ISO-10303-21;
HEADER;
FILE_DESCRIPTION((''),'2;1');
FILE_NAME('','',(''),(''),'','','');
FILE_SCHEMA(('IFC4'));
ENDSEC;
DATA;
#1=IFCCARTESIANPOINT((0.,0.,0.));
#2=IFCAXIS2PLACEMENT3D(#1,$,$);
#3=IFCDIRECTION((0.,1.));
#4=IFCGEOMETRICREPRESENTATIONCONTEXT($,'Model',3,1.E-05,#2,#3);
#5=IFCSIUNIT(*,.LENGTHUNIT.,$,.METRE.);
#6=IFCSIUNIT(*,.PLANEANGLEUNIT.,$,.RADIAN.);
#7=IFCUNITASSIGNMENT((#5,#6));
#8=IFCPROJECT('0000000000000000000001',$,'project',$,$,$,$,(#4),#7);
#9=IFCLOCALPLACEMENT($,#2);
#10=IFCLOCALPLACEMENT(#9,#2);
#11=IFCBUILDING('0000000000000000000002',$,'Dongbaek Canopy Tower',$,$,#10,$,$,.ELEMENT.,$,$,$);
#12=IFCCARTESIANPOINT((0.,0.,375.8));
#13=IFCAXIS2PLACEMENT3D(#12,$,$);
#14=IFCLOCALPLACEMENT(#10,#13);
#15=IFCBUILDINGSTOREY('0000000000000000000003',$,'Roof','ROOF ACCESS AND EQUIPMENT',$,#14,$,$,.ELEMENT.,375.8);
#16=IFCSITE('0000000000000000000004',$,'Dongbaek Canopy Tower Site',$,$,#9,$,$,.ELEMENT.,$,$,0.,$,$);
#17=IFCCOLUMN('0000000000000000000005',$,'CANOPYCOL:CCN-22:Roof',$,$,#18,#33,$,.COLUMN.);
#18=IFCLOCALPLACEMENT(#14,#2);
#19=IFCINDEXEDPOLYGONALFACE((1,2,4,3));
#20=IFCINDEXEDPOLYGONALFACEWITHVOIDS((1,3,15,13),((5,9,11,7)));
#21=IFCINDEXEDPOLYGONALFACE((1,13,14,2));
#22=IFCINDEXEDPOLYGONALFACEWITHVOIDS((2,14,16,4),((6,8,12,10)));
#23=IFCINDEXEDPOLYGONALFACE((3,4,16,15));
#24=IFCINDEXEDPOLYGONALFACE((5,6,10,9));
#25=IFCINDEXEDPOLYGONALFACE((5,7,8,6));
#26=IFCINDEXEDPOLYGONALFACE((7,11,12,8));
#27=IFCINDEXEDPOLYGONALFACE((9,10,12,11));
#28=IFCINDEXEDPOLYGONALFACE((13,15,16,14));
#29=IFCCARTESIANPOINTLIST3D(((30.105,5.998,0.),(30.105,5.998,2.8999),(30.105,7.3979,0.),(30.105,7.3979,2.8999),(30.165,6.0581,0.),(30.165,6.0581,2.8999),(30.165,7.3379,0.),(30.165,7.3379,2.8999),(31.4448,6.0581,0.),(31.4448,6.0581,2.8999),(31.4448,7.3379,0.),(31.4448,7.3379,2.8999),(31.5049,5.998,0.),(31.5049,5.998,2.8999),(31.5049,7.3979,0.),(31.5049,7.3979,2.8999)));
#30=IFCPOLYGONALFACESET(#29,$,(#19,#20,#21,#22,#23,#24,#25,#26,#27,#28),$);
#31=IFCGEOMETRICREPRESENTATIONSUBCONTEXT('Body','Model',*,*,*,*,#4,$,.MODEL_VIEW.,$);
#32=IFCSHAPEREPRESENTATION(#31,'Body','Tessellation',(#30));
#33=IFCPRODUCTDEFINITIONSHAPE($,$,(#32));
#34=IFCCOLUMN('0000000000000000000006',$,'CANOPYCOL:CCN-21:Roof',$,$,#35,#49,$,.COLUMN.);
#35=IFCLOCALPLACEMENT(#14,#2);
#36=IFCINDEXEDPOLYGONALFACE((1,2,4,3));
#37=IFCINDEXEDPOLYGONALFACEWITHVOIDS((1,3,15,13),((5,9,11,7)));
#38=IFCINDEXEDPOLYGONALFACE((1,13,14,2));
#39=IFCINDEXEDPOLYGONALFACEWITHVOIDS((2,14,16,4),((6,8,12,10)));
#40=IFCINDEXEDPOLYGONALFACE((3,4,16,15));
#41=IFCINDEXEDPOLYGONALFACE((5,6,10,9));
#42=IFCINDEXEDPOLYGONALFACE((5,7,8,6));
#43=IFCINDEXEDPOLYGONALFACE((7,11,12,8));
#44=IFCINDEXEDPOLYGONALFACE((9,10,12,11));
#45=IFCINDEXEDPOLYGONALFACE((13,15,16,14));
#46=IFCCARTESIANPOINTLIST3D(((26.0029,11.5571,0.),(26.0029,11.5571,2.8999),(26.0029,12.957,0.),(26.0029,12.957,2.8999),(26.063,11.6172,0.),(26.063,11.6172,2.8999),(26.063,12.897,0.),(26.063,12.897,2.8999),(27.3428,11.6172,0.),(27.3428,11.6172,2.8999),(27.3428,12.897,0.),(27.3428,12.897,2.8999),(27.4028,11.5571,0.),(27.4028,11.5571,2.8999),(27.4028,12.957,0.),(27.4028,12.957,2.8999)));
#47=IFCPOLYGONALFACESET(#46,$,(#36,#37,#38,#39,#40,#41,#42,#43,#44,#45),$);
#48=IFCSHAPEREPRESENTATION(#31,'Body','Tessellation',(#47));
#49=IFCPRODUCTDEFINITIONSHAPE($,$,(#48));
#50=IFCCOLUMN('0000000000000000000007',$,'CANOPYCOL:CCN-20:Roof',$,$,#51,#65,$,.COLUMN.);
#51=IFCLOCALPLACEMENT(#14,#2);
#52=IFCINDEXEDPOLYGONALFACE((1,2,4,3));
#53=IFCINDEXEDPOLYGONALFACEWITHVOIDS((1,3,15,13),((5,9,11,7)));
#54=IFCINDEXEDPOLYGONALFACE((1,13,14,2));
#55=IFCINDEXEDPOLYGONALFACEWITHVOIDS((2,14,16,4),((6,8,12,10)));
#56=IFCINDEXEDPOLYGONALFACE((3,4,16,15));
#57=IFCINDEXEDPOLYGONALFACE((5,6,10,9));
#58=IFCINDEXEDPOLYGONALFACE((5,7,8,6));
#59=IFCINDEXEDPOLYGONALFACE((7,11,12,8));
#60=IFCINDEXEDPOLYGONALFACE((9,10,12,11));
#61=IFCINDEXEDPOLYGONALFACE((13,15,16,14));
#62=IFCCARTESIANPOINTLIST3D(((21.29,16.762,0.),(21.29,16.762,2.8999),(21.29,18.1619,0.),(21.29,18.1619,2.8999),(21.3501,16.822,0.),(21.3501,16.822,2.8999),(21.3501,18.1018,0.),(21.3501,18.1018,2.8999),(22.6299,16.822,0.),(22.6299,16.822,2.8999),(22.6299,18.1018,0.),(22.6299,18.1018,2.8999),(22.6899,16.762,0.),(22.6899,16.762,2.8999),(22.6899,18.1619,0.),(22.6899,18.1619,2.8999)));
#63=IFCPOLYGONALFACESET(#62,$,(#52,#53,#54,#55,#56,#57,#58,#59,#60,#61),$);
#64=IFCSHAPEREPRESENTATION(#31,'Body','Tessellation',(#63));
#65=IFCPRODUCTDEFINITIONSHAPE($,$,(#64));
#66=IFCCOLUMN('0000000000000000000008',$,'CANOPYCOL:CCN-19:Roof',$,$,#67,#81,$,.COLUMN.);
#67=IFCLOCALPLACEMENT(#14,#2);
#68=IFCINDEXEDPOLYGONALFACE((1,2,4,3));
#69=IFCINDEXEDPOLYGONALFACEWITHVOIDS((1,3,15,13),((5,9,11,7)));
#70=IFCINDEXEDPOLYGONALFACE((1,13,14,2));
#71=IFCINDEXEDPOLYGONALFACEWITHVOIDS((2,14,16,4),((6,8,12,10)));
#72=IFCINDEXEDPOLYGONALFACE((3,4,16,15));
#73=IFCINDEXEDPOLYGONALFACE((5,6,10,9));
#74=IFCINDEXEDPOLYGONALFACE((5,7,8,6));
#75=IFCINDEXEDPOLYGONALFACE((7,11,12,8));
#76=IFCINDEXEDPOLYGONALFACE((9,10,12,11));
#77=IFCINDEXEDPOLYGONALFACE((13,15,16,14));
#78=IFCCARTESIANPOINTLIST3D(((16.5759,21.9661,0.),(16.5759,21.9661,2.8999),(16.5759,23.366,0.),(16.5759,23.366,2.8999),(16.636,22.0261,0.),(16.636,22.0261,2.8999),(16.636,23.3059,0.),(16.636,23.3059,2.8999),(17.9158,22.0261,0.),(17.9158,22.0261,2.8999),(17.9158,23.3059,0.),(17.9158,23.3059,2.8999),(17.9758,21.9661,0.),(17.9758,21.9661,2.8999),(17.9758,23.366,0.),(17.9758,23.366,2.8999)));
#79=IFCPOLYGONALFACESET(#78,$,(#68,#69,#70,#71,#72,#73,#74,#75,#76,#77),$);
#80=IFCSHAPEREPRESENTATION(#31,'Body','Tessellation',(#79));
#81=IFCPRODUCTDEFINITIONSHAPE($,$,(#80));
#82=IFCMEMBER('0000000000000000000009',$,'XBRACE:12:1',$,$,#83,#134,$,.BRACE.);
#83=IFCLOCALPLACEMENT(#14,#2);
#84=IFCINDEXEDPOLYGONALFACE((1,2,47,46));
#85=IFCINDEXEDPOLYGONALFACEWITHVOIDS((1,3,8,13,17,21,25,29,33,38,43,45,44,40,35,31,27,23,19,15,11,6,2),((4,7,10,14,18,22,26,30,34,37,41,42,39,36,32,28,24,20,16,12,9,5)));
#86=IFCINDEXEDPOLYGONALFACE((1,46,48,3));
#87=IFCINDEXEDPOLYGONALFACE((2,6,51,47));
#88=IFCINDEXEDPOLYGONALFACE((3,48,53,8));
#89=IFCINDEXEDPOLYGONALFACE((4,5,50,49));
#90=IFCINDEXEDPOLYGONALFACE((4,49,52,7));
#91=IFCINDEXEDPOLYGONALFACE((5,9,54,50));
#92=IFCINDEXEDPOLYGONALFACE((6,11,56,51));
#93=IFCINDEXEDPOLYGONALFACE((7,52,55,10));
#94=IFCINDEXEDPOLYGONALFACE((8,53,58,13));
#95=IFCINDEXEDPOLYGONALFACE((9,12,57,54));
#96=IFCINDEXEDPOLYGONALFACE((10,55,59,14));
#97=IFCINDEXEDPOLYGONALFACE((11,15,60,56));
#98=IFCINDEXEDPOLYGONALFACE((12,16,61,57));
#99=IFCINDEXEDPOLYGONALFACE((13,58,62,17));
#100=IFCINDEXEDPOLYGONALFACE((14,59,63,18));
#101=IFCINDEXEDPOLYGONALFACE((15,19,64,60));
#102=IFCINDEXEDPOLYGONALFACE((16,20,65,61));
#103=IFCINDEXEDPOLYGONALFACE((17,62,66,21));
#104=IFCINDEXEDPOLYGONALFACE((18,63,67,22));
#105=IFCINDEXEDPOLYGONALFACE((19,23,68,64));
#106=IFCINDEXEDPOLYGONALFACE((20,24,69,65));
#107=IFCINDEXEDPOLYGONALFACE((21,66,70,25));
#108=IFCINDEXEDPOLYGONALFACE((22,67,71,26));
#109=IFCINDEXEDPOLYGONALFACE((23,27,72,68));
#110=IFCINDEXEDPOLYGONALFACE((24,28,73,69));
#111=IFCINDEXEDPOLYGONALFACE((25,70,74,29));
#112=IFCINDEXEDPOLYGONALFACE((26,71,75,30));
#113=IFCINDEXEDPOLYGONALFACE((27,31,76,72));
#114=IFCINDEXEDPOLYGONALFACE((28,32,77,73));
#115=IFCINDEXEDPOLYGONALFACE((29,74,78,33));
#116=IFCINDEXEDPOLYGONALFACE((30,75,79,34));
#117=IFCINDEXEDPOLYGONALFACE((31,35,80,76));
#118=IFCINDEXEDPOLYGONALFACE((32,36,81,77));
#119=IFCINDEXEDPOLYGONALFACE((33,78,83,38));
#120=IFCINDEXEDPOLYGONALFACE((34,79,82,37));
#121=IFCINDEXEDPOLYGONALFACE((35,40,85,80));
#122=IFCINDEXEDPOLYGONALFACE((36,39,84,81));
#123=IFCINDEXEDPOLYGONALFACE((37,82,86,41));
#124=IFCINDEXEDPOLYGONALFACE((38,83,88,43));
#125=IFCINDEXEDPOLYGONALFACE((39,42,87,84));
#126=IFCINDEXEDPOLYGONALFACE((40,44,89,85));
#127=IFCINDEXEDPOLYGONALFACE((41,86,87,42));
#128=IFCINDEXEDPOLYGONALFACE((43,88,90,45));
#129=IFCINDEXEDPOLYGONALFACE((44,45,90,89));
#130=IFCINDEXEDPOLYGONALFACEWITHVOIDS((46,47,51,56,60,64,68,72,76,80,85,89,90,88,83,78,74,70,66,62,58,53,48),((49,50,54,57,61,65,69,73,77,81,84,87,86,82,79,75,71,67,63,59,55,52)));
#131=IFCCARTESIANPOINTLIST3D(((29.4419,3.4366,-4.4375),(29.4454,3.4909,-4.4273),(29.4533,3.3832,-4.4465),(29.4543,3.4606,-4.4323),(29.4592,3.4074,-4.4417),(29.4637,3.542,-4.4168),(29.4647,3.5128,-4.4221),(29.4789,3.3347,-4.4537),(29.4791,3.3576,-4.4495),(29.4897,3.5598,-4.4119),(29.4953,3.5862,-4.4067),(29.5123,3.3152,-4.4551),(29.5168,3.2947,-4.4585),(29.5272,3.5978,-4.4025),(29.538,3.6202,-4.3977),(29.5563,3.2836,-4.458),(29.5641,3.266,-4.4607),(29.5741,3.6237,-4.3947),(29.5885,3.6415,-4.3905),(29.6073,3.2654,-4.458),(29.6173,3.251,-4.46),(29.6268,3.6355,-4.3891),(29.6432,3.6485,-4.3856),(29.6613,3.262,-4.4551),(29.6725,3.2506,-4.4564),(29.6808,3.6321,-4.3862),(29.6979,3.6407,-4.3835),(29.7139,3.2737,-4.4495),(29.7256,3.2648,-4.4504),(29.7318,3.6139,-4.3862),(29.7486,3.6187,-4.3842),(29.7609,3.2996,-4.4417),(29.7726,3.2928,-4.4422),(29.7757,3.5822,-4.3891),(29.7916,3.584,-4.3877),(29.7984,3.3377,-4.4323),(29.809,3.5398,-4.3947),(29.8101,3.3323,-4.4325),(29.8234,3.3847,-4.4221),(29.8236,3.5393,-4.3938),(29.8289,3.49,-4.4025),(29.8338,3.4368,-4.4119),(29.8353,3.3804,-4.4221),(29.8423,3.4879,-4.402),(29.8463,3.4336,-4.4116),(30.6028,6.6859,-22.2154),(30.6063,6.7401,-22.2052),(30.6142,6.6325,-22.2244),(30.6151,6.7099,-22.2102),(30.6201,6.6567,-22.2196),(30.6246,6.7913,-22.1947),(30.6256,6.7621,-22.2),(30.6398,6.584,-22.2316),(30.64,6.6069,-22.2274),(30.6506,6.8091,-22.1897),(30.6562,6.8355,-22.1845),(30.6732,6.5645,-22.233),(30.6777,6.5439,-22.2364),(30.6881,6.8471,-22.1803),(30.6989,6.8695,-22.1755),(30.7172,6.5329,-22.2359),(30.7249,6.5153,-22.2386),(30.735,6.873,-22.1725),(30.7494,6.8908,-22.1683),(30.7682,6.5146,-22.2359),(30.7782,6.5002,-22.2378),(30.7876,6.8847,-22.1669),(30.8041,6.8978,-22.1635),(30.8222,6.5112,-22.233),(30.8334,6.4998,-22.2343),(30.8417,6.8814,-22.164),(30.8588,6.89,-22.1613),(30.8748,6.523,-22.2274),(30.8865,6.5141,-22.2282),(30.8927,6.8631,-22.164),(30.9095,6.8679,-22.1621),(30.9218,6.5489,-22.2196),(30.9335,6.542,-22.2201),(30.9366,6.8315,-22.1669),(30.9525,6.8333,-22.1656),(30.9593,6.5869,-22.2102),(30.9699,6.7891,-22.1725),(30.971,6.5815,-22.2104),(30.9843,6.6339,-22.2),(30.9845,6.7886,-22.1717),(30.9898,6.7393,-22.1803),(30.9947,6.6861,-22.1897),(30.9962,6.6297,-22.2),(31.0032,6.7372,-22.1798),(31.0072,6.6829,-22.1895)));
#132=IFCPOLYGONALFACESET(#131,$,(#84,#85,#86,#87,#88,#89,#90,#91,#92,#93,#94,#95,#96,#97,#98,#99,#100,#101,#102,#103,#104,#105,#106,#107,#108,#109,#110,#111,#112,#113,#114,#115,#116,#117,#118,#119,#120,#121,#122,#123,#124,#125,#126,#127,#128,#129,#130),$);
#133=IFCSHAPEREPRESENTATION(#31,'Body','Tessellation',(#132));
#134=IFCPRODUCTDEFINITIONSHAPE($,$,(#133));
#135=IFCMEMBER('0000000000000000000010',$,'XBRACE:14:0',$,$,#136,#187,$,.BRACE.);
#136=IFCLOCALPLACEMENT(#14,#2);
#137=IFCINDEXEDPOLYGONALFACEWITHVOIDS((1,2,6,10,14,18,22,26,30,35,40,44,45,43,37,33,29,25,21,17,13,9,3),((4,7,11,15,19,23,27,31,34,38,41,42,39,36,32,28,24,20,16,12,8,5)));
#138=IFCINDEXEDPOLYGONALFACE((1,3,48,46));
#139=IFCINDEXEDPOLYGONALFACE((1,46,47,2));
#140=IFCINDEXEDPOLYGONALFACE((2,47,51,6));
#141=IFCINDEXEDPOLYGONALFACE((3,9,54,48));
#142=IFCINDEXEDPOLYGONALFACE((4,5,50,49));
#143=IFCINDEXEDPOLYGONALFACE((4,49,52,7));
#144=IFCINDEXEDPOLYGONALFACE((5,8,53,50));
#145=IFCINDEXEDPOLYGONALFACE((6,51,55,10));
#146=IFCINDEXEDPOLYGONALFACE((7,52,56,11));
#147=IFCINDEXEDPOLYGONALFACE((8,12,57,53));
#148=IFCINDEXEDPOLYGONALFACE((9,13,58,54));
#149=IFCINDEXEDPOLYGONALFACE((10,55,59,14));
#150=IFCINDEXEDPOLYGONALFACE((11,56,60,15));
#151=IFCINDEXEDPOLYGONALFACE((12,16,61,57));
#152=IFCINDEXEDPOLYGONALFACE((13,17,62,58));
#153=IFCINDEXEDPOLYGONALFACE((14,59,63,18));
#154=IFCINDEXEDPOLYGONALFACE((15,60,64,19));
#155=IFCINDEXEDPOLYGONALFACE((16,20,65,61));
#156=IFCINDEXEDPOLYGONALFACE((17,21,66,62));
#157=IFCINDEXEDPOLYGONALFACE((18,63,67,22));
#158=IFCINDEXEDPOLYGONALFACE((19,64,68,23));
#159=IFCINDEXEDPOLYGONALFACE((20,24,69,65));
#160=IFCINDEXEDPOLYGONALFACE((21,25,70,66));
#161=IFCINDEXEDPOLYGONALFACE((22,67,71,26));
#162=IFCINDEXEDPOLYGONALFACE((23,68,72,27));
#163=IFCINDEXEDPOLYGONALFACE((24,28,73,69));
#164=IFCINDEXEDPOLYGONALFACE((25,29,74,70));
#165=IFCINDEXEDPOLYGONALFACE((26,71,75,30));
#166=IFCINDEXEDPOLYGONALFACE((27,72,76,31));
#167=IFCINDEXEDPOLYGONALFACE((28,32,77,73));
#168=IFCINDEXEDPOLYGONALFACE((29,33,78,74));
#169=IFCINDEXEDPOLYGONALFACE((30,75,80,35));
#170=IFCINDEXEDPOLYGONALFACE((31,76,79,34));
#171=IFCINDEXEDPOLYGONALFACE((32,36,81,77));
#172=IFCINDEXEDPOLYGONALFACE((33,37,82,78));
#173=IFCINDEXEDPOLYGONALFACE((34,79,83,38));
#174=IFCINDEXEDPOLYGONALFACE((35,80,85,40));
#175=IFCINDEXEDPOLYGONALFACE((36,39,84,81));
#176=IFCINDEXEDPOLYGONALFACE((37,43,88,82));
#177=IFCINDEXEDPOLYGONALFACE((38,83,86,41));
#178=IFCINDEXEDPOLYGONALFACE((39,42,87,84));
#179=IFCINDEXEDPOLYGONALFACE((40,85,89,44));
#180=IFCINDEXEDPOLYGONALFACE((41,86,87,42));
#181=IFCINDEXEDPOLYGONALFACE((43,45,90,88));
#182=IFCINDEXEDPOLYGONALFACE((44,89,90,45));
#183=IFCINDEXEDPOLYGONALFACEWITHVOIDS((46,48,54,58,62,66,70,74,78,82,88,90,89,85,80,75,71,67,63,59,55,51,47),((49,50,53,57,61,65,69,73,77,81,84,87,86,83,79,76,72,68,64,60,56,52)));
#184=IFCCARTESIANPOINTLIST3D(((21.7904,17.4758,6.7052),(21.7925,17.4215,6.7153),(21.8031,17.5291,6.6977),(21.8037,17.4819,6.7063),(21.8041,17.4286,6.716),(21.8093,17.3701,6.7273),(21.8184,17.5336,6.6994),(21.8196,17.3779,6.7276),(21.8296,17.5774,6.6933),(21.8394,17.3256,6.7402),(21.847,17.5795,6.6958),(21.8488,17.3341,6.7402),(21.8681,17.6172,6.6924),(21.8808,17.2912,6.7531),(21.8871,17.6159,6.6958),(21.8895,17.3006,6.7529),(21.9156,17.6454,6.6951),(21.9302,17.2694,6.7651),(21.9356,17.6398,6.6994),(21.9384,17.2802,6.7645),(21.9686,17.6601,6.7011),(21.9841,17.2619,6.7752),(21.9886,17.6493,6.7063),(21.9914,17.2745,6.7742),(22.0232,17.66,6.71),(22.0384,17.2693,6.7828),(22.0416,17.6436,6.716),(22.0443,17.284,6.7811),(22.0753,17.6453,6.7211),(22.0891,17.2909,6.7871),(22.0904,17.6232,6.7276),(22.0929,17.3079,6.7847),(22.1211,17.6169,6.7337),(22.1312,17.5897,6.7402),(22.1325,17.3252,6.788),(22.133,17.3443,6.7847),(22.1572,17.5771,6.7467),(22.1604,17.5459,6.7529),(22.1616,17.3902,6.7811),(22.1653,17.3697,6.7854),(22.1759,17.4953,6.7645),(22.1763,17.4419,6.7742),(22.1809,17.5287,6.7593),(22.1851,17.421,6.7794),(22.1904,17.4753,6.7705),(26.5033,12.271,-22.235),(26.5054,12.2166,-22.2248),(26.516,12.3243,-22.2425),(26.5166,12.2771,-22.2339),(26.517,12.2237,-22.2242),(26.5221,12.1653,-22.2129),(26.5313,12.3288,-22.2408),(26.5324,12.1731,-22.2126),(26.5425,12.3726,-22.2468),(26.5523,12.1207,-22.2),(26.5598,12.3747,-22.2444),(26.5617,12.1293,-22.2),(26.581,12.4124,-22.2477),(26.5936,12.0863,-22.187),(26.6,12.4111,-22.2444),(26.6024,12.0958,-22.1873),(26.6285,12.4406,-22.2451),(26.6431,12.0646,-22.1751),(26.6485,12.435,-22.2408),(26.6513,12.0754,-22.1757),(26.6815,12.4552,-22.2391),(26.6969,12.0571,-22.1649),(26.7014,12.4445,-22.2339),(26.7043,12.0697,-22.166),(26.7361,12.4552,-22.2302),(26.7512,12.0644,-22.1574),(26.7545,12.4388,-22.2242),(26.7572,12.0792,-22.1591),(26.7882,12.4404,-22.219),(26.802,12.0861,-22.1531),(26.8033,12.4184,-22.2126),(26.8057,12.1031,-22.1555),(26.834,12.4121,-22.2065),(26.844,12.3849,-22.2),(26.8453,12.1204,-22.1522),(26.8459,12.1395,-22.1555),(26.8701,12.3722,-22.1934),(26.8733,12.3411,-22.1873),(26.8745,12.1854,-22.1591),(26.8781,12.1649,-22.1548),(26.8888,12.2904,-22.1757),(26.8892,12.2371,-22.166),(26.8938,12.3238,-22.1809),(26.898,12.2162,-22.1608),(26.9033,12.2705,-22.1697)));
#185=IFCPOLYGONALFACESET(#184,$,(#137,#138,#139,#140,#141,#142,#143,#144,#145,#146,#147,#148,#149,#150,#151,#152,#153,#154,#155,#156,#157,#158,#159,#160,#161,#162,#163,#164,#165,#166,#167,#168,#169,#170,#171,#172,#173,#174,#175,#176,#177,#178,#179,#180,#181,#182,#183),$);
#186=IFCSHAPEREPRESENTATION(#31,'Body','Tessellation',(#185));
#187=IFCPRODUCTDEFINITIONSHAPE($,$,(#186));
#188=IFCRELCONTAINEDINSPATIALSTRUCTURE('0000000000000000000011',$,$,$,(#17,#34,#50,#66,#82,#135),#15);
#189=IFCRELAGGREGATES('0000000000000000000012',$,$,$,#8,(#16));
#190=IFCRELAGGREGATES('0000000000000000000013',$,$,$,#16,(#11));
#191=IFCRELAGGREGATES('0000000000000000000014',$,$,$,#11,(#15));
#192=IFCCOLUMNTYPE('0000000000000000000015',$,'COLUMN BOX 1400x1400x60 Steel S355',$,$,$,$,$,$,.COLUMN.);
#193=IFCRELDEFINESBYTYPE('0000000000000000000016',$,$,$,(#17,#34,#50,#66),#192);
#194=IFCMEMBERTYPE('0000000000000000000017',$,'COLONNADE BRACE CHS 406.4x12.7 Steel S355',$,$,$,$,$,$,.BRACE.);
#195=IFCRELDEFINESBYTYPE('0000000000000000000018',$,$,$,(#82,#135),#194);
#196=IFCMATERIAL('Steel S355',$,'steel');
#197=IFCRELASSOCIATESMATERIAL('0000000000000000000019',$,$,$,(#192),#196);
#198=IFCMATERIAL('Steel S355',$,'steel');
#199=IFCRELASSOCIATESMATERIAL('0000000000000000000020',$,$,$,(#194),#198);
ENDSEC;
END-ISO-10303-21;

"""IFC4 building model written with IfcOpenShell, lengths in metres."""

from ifc_helpers import new_model, si_unit, direction, frame, origin, origin_2d, place, context, subcontext, project, spatial, hollow_rectangle, hollow_circle, extrude, material, material_profile, profile_set, type_object, element, save


model = new_model("IFC4")

# Units and contexts
model_context = context("Model", 3, precision=1e-05, world=origin(), true_north=direction((0.0, 1.0)))
body_context = subcontext(model_context, "Body", "Model", "MODEL_VIEW")
ifc_project = project(units=[si_unit("LENGTHUNIT", "METRE"), si_unit("PLANEANGLEUNIT", "RADIAN")], contexts=[model_context])

# Site, building, storey
site_placement = place(None, origin())
site = spatial("IfcSite", under=ifc_project, at=site_placement, Name="Dongbaek Canopy Tower Site", CompositionType="ELEMENT", RefElevation=0.0)
building_placement = place(site_placement, origin())
building = spatial("IfcBuilding", under=site, at=building_placement, Name="Dongbaek Canopy Tower", CompositionType="ELEMENT")
storey_placement = place(building_placement, frame((0.0, 0.0, 375.8)))
storey = spatial("IfcBuildingStorey", under=building, at=storey_placement, Name="Roof", Description="ROOF ACCESS AND EQUIPMENT", CompositionType="ELEMENT", Elevation=375.8)

# Columns
ifc_material_1 = material(Name="Steel S355", Category="steel")
ifc_material_profile_1 = material_profile(ifc_material_1, hollow_rectangle(XDim=1.3999, YDim=1.3999, WallThickness=0.0601, at=origin_2d()), Name="COLUMN BOX 1400x1400x60 Steel S355")
ifc_profile_set_1 = profile_set([ifc_material_profile_1], Name="Steel S355")
column_type = type_object("IfcColumnType", Name="COLUMN BOX 1400x1400x60 Steel S355", PredefinedType="COLUMN", material=ifc_profile_set_1)
for number, where, z_axis, x_axis, name in (
    (1, (30.8049, 6.698, 0.0), (0.0, 0.0, 1.0), (1.0, 0.0, 0.0), "CANOPYCOL:CCN-22:Roof"),
    (2, (26.7029, 12.2571, 0.0), (0.0, 0.0, 1.0), (1.0, 0.0, 0.0), "CANOPYCOL:CCN-21:Roof"),
    (3, (21.99, 17.4619, 0.0), (0.0, 0.0, 1.0), (1.0, 0.0, 0.0), "CANOPYCOL:CCN-20:Roof"),
    (4, (17.2759, 22.666, 0.0), (0.0, 0.0, 1.0), (1.0, 0.0, 0.0), "CANOPYCOL:CCN-19:Roof"),
):
    element("IfcColumn", number, at=place(storey_placement, frame(where, z_axis=z_axis, x_axis=x_axis)), inside=storey, type_object=column_type, Name=name, PredefinedType="COLUMN", context=body_context, shape_type="SweptSolid", body=[
        extrude(hollow_rectangle(XDim=1.3999, YDim=1.3999, WallThickness=0.0601, at=origin_2d()), origin(), (0.0, 0.0, 1.0), 2.8999),
    ])

# Members
ifc_material_2 = material(Name="Steel S355", Category="steel")
ifc_material_profile_2 = material_profile(ifc_material_2, hollow_circle(Radius=0.2031, WallThickness=0.0127, at=origin_2d()), Name="COLONNADE BRACE CHS 406.4x12.7 Steel S355")
ifc_profile_set_2 = profile_set([ifc_material_profile_2], Name="Steel S355")
member_type_1 = type_object("IfcMemberType", Name="COLONNADE BRACE CHS 406.4x12.7 Steel S355", PredefinedType="BRACE", material=ifc_profile_set_2)
member_1_placement = place(storey_placement, frame((30.8049, 6.698, -22.2), z_axis=(-0.064104, -0.179423, 0.981681), x_axis=(0.941702, -0.336448, 0.0)))
element("IfcMember", 5, at=member_1_placement, inside=storey, type_object=member_type_1, Name="XBRACE:12:1", PredefinedType="BRACE", context=body_context, shape_type="SweptSolid", body=[
    extrude(hollow_circle(Radius=0.2031, WallThickness=0.0127, at=origin_2d()), origin(), (0.0, 0.0, 1.0), 18.1096),
])
member_2_placement = place(storey_placement, frame((26.7029, 12.2571, -22.2), z_axis=(-0.158258, 0.174777, 0.971806), x_axis=(-0.74127, -0.671207, 0.0)))
element("IfcMember", 6, at=member_2_placement, inside=storey, type_object=member_type_1, Name="XBRACE:14:0", PredefinedType="BRACE", context=body_context, shape_type="SweptSolid", body=[
    extrude(hollow_circle(Radius=0.2031, WallThickness=0.0127, at=origin_2d()), origin(), (0.0, 0.0, 1.0), 29.7798),
])

save(model, "model.ifc")
